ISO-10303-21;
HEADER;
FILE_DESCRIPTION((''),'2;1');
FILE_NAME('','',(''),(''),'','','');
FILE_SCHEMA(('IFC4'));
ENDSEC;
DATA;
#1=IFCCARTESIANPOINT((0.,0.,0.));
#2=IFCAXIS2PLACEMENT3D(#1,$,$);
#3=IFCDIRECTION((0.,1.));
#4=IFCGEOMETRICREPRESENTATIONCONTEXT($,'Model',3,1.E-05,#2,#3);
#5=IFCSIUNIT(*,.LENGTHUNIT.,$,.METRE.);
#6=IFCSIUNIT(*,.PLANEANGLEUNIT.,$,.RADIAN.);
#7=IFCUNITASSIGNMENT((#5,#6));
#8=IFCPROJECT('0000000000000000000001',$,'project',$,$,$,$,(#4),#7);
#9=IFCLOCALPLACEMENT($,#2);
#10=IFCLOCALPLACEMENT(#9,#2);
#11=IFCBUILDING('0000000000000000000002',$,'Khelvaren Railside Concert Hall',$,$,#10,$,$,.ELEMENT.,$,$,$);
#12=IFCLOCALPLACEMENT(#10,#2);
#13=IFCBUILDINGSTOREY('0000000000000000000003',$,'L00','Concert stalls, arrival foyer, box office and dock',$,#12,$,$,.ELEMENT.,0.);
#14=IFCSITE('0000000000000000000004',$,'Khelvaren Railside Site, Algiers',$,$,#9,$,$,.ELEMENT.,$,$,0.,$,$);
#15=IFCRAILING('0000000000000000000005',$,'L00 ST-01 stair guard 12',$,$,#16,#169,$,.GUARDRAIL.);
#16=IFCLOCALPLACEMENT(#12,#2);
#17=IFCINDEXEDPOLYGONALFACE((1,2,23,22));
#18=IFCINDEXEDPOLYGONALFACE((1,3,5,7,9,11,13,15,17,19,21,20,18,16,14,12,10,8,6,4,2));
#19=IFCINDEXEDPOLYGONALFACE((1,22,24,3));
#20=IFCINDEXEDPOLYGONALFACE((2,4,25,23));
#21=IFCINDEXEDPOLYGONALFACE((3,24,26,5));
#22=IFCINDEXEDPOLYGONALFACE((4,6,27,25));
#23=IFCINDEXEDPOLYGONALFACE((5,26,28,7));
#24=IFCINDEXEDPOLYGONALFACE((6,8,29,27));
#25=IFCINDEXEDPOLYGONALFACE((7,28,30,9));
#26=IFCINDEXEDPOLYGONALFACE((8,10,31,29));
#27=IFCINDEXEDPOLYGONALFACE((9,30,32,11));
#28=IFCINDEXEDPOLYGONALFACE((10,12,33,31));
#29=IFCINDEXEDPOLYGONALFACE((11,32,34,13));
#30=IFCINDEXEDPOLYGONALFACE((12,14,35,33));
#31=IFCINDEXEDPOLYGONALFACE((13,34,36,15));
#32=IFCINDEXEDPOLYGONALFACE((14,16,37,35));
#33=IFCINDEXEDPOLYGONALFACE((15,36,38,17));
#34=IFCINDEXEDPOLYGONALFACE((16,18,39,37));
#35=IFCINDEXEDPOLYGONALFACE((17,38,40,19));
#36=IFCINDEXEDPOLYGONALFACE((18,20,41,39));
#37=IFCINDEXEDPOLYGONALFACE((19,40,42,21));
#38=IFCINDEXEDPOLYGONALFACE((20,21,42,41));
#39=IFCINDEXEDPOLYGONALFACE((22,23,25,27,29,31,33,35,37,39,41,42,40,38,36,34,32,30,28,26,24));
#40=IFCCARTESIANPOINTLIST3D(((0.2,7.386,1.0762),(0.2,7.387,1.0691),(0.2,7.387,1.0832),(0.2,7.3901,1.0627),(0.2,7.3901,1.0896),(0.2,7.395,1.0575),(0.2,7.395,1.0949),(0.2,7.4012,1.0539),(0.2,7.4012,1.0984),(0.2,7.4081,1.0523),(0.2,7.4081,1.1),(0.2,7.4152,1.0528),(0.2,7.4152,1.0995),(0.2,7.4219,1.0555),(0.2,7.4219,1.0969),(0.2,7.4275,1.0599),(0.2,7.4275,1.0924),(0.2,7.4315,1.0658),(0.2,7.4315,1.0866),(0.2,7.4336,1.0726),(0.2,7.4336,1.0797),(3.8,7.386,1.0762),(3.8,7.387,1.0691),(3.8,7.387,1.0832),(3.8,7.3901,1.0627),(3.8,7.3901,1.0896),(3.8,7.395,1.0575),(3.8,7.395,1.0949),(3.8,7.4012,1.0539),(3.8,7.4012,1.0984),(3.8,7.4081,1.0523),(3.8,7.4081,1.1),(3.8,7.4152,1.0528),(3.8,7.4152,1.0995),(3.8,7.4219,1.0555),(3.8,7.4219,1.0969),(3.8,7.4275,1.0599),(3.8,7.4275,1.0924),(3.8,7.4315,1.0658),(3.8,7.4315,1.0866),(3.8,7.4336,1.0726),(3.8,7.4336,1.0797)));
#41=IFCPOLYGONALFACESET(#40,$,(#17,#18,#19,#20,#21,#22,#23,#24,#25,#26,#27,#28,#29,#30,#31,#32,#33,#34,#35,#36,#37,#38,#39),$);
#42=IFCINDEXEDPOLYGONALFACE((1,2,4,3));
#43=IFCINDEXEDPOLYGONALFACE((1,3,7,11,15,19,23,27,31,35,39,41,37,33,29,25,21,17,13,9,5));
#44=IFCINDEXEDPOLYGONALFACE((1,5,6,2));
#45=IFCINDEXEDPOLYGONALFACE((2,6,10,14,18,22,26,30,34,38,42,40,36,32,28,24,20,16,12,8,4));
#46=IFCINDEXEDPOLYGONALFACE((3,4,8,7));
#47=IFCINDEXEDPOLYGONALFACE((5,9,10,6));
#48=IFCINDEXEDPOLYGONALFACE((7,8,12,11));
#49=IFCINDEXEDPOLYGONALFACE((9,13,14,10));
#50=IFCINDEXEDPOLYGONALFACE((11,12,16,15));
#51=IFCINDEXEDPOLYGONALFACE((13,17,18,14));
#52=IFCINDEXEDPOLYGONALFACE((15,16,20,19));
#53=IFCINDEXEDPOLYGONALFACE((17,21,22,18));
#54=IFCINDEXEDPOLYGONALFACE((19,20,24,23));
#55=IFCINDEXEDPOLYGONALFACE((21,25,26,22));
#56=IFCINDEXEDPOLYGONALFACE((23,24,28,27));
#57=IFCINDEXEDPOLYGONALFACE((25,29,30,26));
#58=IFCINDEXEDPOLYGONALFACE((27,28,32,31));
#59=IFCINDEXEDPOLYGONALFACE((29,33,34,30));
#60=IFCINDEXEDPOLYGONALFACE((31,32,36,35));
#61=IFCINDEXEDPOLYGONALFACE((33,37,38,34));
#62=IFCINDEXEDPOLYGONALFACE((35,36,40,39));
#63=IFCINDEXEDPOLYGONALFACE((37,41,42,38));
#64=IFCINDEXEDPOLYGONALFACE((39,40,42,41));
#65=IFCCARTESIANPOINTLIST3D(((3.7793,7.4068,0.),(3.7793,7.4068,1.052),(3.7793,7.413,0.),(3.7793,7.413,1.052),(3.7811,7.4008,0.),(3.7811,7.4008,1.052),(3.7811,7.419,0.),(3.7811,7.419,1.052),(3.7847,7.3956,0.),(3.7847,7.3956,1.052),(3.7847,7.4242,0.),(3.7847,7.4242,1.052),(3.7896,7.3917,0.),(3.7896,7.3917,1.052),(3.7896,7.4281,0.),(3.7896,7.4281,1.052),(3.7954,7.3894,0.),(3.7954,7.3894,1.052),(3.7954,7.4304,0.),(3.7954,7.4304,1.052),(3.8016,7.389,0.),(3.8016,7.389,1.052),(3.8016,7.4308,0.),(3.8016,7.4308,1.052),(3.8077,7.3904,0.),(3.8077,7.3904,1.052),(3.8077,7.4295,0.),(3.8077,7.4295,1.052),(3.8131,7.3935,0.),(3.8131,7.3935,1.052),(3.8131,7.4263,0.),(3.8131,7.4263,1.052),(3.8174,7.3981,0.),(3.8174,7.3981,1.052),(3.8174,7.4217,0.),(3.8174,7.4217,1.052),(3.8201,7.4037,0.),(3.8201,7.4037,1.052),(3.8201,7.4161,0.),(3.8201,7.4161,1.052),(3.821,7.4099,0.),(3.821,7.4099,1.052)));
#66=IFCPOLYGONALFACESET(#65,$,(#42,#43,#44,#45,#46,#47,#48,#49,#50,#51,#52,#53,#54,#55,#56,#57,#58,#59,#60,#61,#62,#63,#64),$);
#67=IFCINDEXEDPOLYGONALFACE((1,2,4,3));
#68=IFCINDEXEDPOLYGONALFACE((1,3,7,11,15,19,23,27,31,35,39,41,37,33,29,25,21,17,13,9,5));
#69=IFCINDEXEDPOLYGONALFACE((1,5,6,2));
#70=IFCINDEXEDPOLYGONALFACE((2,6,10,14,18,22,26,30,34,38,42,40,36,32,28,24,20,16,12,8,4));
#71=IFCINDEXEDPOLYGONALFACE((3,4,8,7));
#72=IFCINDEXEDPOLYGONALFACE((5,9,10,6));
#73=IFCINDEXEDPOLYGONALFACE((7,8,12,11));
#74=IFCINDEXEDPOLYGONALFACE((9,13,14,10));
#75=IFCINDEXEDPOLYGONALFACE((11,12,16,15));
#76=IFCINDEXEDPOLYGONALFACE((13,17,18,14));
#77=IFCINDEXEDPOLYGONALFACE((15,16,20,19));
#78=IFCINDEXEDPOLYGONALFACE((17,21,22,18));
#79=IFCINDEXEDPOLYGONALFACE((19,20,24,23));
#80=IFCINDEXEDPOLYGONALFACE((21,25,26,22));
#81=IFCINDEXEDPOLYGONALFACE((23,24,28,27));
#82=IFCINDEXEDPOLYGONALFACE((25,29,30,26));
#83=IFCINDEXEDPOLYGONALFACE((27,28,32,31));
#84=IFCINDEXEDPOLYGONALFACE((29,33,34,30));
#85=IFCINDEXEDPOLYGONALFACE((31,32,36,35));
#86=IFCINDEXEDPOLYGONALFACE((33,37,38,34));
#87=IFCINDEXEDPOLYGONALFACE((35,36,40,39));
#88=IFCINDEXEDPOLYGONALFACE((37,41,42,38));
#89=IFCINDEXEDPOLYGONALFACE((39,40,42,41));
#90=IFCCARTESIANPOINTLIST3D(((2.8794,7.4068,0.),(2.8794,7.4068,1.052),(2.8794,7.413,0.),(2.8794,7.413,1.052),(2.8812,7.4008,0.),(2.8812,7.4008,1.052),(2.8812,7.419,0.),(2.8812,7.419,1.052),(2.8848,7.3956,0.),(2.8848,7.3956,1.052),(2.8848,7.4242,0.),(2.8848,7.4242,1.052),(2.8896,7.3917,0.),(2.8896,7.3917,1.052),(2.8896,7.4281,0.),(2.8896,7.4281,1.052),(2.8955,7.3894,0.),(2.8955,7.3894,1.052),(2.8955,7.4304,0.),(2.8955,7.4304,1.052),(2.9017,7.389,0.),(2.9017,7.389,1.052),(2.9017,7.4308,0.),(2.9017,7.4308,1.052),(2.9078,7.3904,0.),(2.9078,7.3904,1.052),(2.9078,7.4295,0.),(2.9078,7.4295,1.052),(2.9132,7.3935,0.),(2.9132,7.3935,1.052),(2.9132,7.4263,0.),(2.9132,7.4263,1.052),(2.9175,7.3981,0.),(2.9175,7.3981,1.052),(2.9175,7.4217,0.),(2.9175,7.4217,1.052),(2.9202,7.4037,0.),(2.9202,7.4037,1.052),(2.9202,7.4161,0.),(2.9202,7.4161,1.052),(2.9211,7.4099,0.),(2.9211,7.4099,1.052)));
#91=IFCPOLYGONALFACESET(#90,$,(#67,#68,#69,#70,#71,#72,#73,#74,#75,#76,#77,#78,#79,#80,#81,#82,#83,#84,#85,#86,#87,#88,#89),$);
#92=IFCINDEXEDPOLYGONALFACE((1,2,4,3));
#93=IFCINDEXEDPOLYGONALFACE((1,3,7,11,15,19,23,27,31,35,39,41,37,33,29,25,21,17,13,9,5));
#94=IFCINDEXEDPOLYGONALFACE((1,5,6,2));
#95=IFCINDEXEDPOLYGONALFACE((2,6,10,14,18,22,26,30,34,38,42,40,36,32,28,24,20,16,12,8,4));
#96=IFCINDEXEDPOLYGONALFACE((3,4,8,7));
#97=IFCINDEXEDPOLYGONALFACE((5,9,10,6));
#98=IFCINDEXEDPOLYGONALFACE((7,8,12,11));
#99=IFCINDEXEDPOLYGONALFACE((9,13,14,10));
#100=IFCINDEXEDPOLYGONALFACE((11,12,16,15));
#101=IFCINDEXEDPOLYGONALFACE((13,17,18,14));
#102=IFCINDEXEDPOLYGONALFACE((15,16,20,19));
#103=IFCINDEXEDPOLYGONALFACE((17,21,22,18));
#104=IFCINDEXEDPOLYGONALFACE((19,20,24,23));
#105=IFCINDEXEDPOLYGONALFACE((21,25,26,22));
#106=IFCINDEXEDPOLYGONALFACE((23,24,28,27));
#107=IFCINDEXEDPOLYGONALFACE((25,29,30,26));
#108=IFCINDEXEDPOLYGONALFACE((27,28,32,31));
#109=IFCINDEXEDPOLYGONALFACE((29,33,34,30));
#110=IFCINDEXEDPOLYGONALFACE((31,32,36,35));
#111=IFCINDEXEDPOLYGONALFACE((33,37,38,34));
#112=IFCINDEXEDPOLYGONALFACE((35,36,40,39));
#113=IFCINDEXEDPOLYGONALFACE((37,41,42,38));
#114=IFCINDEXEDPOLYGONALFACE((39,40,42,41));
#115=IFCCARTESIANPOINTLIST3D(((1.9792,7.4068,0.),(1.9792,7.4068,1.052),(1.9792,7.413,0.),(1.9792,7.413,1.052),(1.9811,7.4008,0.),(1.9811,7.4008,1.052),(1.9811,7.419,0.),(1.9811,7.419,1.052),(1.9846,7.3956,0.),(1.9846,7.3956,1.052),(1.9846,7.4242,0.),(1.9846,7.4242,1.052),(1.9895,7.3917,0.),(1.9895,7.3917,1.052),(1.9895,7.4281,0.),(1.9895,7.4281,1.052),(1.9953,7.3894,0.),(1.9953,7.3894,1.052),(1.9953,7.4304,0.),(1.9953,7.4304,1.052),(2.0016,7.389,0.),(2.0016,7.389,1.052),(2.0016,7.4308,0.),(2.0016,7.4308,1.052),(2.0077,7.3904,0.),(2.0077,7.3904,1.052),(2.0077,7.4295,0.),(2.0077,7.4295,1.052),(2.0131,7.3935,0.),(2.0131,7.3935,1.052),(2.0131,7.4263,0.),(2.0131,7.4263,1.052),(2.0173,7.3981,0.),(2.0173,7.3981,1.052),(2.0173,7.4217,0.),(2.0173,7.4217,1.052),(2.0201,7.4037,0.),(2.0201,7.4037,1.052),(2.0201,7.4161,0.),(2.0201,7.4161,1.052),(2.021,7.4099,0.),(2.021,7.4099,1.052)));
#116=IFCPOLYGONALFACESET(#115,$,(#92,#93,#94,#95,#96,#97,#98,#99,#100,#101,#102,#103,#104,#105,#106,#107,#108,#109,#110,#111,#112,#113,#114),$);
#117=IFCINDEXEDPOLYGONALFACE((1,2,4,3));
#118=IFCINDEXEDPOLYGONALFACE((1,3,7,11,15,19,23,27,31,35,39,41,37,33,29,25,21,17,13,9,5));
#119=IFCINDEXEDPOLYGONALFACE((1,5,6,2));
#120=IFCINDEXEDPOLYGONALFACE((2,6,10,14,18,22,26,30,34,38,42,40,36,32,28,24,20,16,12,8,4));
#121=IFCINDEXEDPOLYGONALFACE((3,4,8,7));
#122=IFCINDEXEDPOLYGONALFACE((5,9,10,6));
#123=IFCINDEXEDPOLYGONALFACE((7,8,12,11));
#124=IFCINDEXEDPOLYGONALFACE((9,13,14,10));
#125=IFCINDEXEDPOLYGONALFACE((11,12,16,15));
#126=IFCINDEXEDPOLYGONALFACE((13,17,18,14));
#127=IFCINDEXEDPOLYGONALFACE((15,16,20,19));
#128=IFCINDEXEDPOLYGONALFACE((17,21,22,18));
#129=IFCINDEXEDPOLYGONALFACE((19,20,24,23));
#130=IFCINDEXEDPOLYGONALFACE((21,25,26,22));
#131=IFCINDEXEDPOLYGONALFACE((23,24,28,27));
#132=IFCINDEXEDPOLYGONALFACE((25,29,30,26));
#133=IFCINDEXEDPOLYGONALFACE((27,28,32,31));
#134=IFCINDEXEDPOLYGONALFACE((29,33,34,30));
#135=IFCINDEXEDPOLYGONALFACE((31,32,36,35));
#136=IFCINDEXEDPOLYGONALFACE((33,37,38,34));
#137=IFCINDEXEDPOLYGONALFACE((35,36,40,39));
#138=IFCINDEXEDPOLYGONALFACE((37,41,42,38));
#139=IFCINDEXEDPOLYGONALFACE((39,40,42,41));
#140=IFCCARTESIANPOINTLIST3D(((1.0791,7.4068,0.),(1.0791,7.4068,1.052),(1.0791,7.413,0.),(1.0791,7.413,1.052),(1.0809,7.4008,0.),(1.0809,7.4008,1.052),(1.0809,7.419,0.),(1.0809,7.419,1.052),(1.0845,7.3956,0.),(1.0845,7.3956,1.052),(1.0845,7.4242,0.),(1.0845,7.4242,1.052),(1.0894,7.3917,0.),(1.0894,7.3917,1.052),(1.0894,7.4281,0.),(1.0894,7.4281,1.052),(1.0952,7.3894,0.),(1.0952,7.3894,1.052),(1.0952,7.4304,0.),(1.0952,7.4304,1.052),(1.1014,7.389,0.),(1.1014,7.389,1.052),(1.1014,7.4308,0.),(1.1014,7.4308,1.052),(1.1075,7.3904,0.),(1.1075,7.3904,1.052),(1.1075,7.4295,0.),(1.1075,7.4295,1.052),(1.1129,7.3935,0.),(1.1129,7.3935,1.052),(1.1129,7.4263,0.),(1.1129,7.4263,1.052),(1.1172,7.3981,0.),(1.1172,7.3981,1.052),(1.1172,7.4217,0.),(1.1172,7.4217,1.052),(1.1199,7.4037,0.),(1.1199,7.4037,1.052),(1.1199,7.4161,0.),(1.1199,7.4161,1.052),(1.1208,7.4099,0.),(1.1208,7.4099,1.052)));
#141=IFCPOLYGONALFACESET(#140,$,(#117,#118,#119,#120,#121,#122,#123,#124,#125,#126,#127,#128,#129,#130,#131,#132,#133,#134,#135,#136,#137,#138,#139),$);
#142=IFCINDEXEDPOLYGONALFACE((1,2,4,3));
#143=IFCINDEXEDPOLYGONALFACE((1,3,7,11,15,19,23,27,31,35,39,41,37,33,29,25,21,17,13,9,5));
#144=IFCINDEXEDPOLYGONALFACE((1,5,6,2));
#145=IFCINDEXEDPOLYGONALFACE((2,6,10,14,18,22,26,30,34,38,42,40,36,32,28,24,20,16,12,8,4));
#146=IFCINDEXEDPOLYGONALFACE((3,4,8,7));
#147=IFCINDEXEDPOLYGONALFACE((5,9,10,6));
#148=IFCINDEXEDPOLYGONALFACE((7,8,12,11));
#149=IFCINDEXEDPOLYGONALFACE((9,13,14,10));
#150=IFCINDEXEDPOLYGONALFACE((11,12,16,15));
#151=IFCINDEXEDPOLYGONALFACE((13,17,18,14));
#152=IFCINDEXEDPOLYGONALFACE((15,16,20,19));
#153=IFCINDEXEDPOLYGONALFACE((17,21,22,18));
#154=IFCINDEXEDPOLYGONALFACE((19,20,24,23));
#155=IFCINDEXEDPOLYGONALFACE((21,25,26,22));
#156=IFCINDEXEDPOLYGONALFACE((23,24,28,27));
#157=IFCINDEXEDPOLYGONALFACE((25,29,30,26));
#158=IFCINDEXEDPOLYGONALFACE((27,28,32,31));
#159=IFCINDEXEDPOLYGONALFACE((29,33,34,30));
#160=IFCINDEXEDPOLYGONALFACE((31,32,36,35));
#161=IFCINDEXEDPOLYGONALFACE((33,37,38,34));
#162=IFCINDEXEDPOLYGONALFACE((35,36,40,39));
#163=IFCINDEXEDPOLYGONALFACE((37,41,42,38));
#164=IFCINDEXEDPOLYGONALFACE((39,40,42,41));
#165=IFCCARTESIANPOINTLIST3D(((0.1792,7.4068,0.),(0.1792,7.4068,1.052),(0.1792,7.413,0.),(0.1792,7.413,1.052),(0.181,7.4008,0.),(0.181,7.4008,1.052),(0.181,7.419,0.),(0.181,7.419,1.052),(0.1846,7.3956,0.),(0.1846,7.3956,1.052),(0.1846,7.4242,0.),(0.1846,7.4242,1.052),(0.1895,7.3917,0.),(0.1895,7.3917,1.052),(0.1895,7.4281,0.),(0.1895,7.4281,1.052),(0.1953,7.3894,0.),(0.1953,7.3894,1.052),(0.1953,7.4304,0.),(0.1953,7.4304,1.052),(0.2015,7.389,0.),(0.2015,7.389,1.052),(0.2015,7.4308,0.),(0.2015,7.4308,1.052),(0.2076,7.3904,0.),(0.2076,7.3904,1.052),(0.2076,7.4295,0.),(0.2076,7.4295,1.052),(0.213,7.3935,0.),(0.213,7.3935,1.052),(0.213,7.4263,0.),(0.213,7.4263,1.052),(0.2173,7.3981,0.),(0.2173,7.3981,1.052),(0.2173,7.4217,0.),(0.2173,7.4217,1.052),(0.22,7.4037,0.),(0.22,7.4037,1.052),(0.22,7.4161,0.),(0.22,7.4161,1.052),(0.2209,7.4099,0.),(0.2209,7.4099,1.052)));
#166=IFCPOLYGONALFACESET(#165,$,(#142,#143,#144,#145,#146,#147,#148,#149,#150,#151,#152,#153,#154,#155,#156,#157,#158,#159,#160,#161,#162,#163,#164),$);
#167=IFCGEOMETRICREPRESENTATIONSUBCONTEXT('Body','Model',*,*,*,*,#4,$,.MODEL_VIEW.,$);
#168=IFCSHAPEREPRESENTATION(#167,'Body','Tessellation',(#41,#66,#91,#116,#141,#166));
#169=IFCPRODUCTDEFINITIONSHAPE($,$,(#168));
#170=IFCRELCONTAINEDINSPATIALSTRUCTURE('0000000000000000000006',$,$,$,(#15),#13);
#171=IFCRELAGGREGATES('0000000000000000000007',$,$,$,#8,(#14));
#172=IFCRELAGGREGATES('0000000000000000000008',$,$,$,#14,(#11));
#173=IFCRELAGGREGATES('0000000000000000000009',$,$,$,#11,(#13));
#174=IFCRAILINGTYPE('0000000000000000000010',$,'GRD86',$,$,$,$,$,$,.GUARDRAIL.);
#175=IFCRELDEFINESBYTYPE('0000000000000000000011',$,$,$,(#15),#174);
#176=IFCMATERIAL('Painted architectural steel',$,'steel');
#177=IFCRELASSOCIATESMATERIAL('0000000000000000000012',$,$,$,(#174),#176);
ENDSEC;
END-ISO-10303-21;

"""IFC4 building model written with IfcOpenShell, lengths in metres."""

from ifc_helpers import new_model, si_unit, direction, frame, origin, origin_2d, place, context, subcontext, project, spatial, circle, extrude, material, type_object, element, save


model = new_model("IFC4")

# Units and contexts
model_context = context("Model", 3, precision=1e-05, world=origin(), true_north=direction((0.0, 1.0)))
body_context = subcontext(model_context, "Body", "Model", "MODEL_VIEW")
ifc_project = project(units=[si_unit("LENGTHUNIT", "METRE"), si_unit("PLANEANGLEUNIT", "RADIAN")], contexts=[model_context])

# Site, building, storey
site_placement = place(None, origin())
site = spatial("IfcSite", under=ifc_project, at=site_placement, Name="Khelvaren Railside Site, Algiers", CompositionType="ELEMENT", RefElevation=0.0)
building_placement = place(site_placement, origin())
building = spatial("IfcBuilding", under=site, at=building_placement, Name="Khelvaren Railside Concert Hall", CompositionType="ELEMENT")
storey_placement = place(building_placement, origin())
storey = spatial("IfcBuildingStorey", under=building, at=storey_placement, Name="L00", Description="Concert stalls, arrival foyer, box office and dock", CompositionType="ELEMENT", Elevation=0.0)

# Railing
ifc_material_1 = material(Name="Painted architectural steel", Category="steel")
railing_type_1 = type_object("IfcRailingType", Name="GRD86", PredefinedType="GUARDRAIL", material=ifc_material_1)
railing_1_placement = place(storey_placement, frame((3.8, 7.4099, 0.0)))
element("IfcRailing", 1, at=railing_1_placement, inside=storey, type_object=railing_type_1, Name="L00 ST-01 stair guard 12", PredefinedType="GUARDRAIL", context=body_context, shape_type="SweptSolid", body=[
    extrude(circle(Radius=0.0239, at=origin_2d()), frame((0.0, 0.0, 1.0762), z_axis=(-1.0, 0.0, 0.0), x_axis=(0.0, -1.0, 0.0)), (0.0, 0.0, 1.0), 3.6001),
    extrude(circle(Radius=0.021, at=origin_2d()), origin(), (0.0, 0.0, 1.0), 1.052),
    extrude(circle(Radius=0.021, at=origin_2d()), frame((-0.8999, 0.0, 0.0)), (0.0, 0.0, 1.0), 1.052),
    extrude(circle(Radius=0.021, at=origin_2d()), frame((-1.8, 0.0, 0.0)), (0.0, 0.0, 1.0), 1.052),
    extrude(circle(Radius=0.021, at=origin_2d()), frame((-2.7002, 0.0, 0.0)), (0.0, 0.0, 1.0), 1.052),
    extrude(circle(Radius=0.021, at=origin_2d()), frame((-3.6001, 0.0, 0.0)), (0.0, 0.0, 1.0), 1.052),
])

save(model, "model.ifc")
